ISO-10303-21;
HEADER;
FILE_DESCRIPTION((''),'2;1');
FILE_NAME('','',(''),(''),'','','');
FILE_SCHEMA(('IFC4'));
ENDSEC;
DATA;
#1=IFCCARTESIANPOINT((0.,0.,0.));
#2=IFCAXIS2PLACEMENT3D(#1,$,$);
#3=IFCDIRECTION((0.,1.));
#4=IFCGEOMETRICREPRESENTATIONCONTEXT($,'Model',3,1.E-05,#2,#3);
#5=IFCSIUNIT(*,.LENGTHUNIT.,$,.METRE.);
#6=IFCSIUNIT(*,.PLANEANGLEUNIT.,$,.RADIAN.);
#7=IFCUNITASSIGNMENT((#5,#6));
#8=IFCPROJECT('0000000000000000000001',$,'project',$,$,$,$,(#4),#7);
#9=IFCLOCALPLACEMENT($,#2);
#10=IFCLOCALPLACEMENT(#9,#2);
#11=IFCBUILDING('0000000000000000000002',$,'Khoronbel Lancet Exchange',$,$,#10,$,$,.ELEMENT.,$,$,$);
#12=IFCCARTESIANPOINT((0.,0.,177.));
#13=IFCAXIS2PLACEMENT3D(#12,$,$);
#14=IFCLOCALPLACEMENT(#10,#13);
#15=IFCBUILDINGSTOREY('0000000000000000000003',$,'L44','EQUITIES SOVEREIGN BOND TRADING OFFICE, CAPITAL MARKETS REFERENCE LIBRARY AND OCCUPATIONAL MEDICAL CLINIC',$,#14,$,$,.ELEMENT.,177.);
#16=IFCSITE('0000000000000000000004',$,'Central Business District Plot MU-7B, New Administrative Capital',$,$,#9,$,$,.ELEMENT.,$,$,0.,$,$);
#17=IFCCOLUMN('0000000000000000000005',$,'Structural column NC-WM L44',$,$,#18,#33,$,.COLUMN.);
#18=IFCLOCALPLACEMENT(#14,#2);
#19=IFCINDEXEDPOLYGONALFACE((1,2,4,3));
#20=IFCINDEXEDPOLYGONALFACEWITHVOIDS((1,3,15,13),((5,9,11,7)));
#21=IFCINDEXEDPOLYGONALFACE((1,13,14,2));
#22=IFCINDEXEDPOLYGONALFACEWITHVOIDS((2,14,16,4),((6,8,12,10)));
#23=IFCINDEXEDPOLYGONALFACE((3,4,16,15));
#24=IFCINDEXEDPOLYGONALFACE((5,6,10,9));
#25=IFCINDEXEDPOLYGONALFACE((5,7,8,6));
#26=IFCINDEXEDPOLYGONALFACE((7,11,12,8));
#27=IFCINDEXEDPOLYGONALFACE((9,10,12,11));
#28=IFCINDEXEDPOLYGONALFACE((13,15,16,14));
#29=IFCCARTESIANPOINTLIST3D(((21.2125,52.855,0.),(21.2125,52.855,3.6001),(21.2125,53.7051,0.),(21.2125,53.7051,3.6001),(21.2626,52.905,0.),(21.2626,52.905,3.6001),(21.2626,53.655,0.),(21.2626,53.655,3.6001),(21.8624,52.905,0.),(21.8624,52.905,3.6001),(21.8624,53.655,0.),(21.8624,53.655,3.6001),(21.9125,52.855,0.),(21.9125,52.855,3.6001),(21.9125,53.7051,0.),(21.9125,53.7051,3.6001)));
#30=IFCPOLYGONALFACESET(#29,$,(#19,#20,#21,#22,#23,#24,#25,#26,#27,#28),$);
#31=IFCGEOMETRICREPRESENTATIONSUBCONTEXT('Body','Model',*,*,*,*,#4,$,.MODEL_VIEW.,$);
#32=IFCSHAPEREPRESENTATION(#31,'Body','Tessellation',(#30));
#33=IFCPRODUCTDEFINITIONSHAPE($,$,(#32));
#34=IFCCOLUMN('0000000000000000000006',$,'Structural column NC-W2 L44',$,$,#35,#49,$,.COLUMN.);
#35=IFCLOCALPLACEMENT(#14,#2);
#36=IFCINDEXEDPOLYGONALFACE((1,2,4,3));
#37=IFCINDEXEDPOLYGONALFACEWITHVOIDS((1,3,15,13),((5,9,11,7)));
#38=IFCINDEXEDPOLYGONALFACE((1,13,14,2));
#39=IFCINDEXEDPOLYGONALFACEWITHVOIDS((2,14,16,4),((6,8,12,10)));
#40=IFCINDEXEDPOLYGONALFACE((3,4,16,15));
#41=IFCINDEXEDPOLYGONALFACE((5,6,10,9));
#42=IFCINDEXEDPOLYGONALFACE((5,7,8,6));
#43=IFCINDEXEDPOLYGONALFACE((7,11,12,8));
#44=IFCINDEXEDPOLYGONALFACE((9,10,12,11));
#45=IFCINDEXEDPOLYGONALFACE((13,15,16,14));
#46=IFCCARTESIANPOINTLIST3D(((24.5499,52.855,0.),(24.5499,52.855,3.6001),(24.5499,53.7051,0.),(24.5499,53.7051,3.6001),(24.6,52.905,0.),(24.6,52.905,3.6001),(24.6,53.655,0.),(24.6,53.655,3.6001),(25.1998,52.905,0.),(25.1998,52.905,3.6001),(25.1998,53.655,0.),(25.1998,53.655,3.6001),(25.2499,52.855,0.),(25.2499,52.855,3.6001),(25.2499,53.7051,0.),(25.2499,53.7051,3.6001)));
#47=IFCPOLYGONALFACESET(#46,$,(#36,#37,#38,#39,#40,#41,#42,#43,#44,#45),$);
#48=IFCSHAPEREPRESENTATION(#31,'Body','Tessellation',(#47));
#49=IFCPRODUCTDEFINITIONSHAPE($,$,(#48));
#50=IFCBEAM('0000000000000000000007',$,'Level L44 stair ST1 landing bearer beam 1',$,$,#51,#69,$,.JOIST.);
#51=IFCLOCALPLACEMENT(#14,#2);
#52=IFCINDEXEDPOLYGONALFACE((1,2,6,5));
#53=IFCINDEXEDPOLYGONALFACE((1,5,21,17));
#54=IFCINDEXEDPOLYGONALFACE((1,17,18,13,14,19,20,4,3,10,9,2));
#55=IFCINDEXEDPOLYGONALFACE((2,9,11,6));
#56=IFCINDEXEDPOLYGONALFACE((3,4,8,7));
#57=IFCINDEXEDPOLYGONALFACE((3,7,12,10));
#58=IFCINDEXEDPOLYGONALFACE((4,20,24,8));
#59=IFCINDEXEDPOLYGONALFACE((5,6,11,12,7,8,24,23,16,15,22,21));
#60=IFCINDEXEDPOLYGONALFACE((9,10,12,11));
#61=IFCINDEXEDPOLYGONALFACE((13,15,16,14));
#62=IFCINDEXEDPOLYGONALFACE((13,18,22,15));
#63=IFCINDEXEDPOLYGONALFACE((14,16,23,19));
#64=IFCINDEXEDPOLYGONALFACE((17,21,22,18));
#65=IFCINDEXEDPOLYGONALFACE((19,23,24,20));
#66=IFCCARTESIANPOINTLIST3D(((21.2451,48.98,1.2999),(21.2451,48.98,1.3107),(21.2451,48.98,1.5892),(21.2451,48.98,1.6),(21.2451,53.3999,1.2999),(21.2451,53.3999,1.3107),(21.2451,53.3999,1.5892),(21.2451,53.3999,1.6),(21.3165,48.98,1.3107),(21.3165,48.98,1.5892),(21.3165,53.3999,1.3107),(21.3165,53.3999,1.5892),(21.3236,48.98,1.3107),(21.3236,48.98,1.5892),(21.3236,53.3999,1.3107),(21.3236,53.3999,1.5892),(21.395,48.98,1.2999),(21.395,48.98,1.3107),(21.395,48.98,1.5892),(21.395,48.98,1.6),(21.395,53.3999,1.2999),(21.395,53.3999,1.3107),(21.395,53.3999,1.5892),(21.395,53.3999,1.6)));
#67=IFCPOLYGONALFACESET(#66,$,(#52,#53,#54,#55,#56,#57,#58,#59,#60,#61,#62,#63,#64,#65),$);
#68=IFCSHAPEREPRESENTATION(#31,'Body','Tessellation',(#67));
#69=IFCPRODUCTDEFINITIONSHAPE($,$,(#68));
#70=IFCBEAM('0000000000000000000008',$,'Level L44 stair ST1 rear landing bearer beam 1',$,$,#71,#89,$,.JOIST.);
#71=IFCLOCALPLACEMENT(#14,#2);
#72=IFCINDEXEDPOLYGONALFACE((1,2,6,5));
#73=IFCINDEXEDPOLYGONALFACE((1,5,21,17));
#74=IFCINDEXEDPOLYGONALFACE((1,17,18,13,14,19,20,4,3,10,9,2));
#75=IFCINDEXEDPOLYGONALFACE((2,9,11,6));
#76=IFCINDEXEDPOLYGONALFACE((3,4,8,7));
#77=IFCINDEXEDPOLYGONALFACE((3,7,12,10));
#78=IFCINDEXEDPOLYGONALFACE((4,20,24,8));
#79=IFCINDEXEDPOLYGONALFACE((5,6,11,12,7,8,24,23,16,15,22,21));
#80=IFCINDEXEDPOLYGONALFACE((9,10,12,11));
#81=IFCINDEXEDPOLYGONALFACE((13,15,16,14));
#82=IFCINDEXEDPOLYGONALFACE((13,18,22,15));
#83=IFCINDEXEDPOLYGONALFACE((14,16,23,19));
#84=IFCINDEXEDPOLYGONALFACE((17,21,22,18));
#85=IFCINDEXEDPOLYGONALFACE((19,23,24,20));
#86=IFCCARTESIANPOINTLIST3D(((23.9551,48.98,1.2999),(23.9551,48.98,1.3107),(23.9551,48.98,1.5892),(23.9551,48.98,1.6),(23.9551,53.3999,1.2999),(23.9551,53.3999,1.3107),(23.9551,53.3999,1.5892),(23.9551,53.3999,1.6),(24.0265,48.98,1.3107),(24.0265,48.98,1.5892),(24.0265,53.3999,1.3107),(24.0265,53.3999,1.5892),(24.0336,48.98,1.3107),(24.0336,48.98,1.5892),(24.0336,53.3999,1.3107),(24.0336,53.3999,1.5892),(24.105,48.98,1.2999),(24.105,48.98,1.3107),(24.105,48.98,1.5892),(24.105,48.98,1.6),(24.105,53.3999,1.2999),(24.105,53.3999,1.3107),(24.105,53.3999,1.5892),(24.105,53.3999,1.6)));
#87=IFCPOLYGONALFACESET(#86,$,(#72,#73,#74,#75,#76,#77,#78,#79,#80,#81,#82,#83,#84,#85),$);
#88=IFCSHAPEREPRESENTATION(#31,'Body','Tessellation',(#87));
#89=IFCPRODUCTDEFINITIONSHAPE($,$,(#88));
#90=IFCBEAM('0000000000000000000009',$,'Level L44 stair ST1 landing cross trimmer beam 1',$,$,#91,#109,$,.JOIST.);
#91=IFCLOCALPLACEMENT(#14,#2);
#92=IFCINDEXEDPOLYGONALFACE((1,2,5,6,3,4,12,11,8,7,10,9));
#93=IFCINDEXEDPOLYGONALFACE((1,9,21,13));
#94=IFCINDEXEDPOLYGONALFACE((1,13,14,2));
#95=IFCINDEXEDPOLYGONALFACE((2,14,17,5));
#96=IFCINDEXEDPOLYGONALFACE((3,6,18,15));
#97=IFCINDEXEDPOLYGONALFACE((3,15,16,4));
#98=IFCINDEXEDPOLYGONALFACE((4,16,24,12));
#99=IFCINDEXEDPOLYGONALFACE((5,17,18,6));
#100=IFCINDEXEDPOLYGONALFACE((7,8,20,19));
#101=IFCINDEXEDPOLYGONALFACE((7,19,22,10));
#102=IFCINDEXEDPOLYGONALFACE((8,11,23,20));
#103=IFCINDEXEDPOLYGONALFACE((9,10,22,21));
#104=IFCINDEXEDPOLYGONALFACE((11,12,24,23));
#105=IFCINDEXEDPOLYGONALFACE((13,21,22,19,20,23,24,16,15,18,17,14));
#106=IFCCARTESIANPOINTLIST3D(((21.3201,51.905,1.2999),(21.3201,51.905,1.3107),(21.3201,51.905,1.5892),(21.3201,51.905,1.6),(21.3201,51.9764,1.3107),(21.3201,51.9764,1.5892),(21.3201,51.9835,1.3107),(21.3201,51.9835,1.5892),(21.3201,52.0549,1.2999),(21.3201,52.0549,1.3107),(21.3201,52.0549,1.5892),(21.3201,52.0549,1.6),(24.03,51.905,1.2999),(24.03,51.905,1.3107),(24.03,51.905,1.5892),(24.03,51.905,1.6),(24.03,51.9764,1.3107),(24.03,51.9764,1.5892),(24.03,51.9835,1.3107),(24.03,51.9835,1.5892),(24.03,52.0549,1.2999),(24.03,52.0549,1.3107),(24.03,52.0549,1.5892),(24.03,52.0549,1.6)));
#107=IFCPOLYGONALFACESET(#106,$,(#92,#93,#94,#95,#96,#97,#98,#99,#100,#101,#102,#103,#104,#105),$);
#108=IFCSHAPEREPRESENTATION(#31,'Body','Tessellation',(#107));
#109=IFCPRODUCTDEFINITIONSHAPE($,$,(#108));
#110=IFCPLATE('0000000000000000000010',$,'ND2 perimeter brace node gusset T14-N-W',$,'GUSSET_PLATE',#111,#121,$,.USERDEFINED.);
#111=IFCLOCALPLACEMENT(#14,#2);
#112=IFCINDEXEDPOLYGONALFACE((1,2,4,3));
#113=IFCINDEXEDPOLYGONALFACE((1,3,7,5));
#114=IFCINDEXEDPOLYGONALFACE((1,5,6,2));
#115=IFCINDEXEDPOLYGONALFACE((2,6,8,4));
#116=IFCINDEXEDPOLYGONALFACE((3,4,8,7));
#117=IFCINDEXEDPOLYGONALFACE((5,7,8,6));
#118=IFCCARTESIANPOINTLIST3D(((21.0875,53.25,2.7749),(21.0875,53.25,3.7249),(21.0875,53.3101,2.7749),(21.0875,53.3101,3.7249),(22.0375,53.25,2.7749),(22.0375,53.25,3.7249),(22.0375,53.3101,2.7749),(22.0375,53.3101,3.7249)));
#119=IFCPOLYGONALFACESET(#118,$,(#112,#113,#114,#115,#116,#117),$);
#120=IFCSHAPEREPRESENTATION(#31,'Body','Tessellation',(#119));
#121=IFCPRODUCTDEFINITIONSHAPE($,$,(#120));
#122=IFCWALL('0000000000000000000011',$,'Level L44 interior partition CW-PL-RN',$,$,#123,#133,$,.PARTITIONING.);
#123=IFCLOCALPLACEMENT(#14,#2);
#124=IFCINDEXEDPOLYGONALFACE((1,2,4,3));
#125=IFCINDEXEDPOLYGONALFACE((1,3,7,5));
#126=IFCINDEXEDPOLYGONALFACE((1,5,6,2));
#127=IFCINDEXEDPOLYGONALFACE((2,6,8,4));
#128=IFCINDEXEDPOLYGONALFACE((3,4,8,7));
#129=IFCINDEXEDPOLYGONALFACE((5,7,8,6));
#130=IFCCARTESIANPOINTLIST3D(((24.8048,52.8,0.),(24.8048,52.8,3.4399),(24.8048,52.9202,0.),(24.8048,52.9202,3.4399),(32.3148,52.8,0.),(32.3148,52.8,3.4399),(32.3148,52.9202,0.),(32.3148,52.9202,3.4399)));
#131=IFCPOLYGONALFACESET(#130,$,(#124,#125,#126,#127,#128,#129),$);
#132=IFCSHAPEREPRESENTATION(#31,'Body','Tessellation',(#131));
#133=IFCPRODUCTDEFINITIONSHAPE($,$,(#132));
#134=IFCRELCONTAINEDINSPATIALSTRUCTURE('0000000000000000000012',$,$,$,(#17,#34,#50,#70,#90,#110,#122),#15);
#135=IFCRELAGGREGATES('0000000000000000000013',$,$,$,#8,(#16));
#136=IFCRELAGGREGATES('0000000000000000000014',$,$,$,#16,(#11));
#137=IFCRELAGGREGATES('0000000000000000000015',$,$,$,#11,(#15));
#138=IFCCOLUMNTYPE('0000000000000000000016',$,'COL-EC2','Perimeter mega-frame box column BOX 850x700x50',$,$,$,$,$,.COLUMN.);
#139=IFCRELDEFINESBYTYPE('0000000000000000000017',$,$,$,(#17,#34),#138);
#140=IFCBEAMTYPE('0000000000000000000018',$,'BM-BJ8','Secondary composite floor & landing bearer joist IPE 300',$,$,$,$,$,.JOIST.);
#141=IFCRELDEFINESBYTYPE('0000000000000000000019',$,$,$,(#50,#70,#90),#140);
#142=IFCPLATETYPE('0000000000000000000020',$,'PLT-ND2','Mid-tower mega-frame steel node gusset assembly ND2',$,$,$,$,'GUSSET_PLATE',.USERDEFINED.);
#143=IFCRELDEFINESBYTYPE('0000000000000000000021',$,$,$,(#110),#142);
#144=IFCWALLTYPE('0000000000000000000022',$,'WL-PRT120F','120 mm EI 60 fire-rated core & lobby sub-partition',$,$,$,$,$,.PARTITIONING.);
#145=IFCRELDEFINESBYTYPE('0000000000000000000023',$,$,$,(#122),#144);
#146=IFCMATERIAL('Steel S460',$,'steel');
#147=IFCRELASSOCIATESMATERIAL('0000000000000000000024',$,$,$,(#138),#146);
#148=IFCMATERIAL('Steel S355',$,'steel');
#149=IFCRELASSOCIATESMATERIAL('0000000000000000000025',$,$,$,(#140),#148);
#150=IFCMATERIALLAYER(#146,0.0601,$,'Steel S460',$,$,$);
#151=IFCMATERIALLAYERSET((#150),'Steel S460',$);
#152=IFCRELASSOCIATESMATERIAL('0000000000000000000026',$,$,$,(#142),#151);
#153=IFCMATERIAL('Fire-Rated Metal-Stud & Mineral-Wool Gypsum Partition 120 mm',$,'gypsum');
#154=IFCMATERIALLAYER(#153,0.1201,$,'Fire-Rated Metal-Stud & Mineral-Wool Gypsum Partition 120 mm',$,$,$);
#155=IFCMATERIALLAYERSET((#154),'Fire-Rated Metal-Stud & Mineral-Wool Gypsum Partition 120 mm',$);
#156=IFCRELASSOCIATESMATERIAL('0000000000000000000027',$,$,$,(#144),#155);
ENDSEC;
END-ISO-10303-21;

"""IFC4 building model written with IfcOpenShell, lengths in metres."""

from ifc_helpers import new_model, si_unit, direction, frame, frame_2d, origin, origin_2d, place, context, subcontext, project, spatial, rectangle, hollow_rectangle, i_section, extrude, material, layer, layer_set, material_profile, profile_set, type_object, element, save


model = new_model("IFC4")

# Units and contexts
model_context = context("Model", 3, precision=1e-05, world=origin(), true_north=direction((0.0, 1.0)))
body_context = subcontext(model_context, "Body", "Model", "MODEL_VIEW")
ifc_project = project(units=[si_unit("LENGTHUNIT", "METRE"), si_unit("PLANEANGLEUNIT", "RADIAN")], contexts=[model_context])

# Site, building, storey
site_placement = place(None, origin())
site = spatial("IfcSite", under=ifc_project, at=site_placement, Name="Central Business District Plot MU-7B, New Administrative Capital", CompositionType="ELEMENT", RefElevation=0.0)
building_placement = place(site_placement, origin())
building = spatial("IfcBuilding", under=site, at=building_placement, Name="Khoronbel Lancet Exchange", CompositionType="ELEMENT")
storey_placement = place(building_placement, frame((0.0, 0.0, 177.0)))
storey = spatial("IfcBuildingStorey", under=building, at=storey_placement, Name="L44", Description="EQUITIES SOVEREIGN BOND TRADING OFFICE, CAPITAL MARKETS REFERENCE LIBRARY AND OCCUPATIONAL MEDICAL CLINIC", CompositionType="ELEMENT", Elevation=177.0)

# Columns
ifc_material_1 = material(Name="Steel S460", Category="steel")
ifc_material_profile_1 = material_profile(ifc_material_1, hollow_rectangle(XDim=0.7, YDim=0.8501, WallThickness=0.05, at=origin_2d()), Name="BOX 850x700x50")
ifc_profile_set_1 = profile_set([ifc_material_profile_1], Name="Steel S460")
column_type = type_object("IfcColumnType", Name="COL-EC2", Description="Perimeter mega-frame box column BOX 850x700x50", PredefinedType="COLUMN", material=ifc_profile_set_1)
for number, where, z_axis, x_axis, name in (
    (1, (21.5625, 53.28, 0.0), (0.0, 0.0, 1.0), (1.0, 0.0, 0.0), "Structural column NC-WM L44"),
    (2, (24.8999, 53.28, 0.0), (0.0, 0.0, 1.0), (1.0, 0.0, 0.0), "Structural column NC-W2 L44"),
):
    element("IfcColumn", number, at=place(storey_placement, frame(where, z_axis=z_axis, x_axis=x_axis)), inside=storey, type_object=column_type, Name=name, PredefinedType="COLUMN", context=body_context, shape_type="SweptSolid", body=[
        extrude(hollow_rectangle(XDim=0.7, YDim=0.8501, WallThickness=0.05, at=origin_2d()), origin(), (0.0, 0.0, 1.0), 3.6001),
    ])

# Beams
ifc_material_2 = material(Name="Steel S355", Category="steel")
ifc_material_profile_2 = material_profile(ifc_material_2, i_section(OverallWidth=0.1499, OverallDepth=0.3, WebThickness=0.0071, FlangeThickness=0.0107, at=origin_2d()), Name="IPE 300")
ifc_profile_set_2 = profile_set([ifc_material_profile_2], Name="Steel S355")
beam_type = type_object("IfcBeamType", Name="BM-BJ8", Description="Secondary composite floor & landing bearer joist IPE 300", PredefinedType="JOIST", material=ifc_profile_set_2)
for number, where, z_axis, x_axis, name in (
    (3, (21.3201, 48.98, 1.45), (0.0, 1.0, 0.0), (-1.0, 0.0, 0.0), "Level L44 stair ST1 landing bearer beam 1"),
    (4, (24.03, 48.98, 1.45), (0.0, 1.0, 0.0), (-1.0, 0.0, 0.0), "Level L44 stair ST1 rear landing bearer beam 1"),
):
    element("IfcBeam", number, at=place(storey_placement, frame(where, z_axis=z_axis, x_axis=x_axis)), inside=storey, type_object=beam_type, Name=name, PredefinedType="JOIST", context=body_context, shape_type="SweptSolid", body=[
        extrude(i_section(OverallWidth=0.1499, OverallDepth=0.3, WebThickness=0.0071, FlangeThickness=0.0107, at=origin_2d()), origin(), (0.0, 0.0, 1.0), 4.4199),
    ])
beam_placement = place(storey_placement, frame((21.3201, 51.98, 1.45), z_axis=(1.0, 0.0, 0.0), x_axis=(0.0, 1.0, 0.0)))
element("IfcBeam", 5, at=beam_placement, inside=storey, type_object=beam_type, Name="Level L44 stair ST1 landing cross trimmer beam 1", PredefinedType="JOIST", context=body_context, shape_type="SweptSolid", body=[
    extrude(i_section(OverallWidth=0.1499, OverallDepth=0.3, WebThickness=0.0071, FlangeThickness=0.0107, at=origin_2d()), origin(), (0.0, 0.0, 1.0), 2.71),
])

# Plate
ifc_layer_1 = layer(ifc_material_1, 0.0601, Name="Steel S460")
ifc_layer_set_1 = layer_set([ifc_layer_1], Name="Steel S460")
plate_type = type_object("IfcPlateType", Name="PLT-ND2", Description="Mid-tower mega-frame steel node gusset assembly ND2", ElementType="GUSSET_PLATE", PredefinedType="USERDEFINED", material=ifc_layer_set_1)
plate_placement = place(storey_placement, frame((21.5625, 53.28, 2.7749), z_axis=(0.0, 0.0, 1.0), x_axis=(1.0, 0.0, 0.0)))
element("IfcPlate", 6, at=plate_placement, inside=storey, type_object=plate_type, Name="ND2 perimeter brace node gusset T14-N-W", ObjectType="GUSSET_PLATE", PredefinedType="USERDEFINED", context=body_context, shape_type="SweptSolid", body=[
    extrude(rectangle(XDim=0.95, YDim=0.0601, at=origin_2d()), origin(), (0.0, 0.0, 1.0), 0.95),
])

# Wall
ifc_material_3 = material(Name="Fire-Rated Metal-Stud & Mineral-Wool Gypsum Partition 120 mm", Category="gypsum")
ifc_layer_2 = layer(ifc_material_3, 0.1201, Name="Fire-Rated Metal-Stud & Mineral-Wool Gypsum Partition 120 mm")
ifc_layer_set_2 = layer_set([ifc_layer_2], Name="Fire-Rated Metal-Stud & Mineral-Wool Gypsum Partition 120 mm")
wall_type_1 = type_object("IfcWallType", Name="WL-PRT120F", Description="120 mm EI 60 fire-rated core & lobby sub-partition", PredefinedType="PARTITIONING", material=ifc_layer_set_2)
wall_1_placement = place(storey_placement, frame((24.8049, 52.8601, 0.0), z_axis=(0.0, 0.0, 1.0), x_axis=(1.0, 0.0, 0.0)))
element("IfcWall", 7, at=wall_1_placement, inside=storey, type_object=wall_type_1, Name="Level L44 interior partition CW-PL-RN", PredefinedType="PARTITIONING", context=body_context, shape_type="SweptSolid", body=[
    extrude(rectangle(XDim=7.51, YDim=0.1201, at=frame_2d((3.7549, 0.0))), origin(), (0.0, 0.0, 1.0), 3.4399),
])

save(model, "model.ifc")
